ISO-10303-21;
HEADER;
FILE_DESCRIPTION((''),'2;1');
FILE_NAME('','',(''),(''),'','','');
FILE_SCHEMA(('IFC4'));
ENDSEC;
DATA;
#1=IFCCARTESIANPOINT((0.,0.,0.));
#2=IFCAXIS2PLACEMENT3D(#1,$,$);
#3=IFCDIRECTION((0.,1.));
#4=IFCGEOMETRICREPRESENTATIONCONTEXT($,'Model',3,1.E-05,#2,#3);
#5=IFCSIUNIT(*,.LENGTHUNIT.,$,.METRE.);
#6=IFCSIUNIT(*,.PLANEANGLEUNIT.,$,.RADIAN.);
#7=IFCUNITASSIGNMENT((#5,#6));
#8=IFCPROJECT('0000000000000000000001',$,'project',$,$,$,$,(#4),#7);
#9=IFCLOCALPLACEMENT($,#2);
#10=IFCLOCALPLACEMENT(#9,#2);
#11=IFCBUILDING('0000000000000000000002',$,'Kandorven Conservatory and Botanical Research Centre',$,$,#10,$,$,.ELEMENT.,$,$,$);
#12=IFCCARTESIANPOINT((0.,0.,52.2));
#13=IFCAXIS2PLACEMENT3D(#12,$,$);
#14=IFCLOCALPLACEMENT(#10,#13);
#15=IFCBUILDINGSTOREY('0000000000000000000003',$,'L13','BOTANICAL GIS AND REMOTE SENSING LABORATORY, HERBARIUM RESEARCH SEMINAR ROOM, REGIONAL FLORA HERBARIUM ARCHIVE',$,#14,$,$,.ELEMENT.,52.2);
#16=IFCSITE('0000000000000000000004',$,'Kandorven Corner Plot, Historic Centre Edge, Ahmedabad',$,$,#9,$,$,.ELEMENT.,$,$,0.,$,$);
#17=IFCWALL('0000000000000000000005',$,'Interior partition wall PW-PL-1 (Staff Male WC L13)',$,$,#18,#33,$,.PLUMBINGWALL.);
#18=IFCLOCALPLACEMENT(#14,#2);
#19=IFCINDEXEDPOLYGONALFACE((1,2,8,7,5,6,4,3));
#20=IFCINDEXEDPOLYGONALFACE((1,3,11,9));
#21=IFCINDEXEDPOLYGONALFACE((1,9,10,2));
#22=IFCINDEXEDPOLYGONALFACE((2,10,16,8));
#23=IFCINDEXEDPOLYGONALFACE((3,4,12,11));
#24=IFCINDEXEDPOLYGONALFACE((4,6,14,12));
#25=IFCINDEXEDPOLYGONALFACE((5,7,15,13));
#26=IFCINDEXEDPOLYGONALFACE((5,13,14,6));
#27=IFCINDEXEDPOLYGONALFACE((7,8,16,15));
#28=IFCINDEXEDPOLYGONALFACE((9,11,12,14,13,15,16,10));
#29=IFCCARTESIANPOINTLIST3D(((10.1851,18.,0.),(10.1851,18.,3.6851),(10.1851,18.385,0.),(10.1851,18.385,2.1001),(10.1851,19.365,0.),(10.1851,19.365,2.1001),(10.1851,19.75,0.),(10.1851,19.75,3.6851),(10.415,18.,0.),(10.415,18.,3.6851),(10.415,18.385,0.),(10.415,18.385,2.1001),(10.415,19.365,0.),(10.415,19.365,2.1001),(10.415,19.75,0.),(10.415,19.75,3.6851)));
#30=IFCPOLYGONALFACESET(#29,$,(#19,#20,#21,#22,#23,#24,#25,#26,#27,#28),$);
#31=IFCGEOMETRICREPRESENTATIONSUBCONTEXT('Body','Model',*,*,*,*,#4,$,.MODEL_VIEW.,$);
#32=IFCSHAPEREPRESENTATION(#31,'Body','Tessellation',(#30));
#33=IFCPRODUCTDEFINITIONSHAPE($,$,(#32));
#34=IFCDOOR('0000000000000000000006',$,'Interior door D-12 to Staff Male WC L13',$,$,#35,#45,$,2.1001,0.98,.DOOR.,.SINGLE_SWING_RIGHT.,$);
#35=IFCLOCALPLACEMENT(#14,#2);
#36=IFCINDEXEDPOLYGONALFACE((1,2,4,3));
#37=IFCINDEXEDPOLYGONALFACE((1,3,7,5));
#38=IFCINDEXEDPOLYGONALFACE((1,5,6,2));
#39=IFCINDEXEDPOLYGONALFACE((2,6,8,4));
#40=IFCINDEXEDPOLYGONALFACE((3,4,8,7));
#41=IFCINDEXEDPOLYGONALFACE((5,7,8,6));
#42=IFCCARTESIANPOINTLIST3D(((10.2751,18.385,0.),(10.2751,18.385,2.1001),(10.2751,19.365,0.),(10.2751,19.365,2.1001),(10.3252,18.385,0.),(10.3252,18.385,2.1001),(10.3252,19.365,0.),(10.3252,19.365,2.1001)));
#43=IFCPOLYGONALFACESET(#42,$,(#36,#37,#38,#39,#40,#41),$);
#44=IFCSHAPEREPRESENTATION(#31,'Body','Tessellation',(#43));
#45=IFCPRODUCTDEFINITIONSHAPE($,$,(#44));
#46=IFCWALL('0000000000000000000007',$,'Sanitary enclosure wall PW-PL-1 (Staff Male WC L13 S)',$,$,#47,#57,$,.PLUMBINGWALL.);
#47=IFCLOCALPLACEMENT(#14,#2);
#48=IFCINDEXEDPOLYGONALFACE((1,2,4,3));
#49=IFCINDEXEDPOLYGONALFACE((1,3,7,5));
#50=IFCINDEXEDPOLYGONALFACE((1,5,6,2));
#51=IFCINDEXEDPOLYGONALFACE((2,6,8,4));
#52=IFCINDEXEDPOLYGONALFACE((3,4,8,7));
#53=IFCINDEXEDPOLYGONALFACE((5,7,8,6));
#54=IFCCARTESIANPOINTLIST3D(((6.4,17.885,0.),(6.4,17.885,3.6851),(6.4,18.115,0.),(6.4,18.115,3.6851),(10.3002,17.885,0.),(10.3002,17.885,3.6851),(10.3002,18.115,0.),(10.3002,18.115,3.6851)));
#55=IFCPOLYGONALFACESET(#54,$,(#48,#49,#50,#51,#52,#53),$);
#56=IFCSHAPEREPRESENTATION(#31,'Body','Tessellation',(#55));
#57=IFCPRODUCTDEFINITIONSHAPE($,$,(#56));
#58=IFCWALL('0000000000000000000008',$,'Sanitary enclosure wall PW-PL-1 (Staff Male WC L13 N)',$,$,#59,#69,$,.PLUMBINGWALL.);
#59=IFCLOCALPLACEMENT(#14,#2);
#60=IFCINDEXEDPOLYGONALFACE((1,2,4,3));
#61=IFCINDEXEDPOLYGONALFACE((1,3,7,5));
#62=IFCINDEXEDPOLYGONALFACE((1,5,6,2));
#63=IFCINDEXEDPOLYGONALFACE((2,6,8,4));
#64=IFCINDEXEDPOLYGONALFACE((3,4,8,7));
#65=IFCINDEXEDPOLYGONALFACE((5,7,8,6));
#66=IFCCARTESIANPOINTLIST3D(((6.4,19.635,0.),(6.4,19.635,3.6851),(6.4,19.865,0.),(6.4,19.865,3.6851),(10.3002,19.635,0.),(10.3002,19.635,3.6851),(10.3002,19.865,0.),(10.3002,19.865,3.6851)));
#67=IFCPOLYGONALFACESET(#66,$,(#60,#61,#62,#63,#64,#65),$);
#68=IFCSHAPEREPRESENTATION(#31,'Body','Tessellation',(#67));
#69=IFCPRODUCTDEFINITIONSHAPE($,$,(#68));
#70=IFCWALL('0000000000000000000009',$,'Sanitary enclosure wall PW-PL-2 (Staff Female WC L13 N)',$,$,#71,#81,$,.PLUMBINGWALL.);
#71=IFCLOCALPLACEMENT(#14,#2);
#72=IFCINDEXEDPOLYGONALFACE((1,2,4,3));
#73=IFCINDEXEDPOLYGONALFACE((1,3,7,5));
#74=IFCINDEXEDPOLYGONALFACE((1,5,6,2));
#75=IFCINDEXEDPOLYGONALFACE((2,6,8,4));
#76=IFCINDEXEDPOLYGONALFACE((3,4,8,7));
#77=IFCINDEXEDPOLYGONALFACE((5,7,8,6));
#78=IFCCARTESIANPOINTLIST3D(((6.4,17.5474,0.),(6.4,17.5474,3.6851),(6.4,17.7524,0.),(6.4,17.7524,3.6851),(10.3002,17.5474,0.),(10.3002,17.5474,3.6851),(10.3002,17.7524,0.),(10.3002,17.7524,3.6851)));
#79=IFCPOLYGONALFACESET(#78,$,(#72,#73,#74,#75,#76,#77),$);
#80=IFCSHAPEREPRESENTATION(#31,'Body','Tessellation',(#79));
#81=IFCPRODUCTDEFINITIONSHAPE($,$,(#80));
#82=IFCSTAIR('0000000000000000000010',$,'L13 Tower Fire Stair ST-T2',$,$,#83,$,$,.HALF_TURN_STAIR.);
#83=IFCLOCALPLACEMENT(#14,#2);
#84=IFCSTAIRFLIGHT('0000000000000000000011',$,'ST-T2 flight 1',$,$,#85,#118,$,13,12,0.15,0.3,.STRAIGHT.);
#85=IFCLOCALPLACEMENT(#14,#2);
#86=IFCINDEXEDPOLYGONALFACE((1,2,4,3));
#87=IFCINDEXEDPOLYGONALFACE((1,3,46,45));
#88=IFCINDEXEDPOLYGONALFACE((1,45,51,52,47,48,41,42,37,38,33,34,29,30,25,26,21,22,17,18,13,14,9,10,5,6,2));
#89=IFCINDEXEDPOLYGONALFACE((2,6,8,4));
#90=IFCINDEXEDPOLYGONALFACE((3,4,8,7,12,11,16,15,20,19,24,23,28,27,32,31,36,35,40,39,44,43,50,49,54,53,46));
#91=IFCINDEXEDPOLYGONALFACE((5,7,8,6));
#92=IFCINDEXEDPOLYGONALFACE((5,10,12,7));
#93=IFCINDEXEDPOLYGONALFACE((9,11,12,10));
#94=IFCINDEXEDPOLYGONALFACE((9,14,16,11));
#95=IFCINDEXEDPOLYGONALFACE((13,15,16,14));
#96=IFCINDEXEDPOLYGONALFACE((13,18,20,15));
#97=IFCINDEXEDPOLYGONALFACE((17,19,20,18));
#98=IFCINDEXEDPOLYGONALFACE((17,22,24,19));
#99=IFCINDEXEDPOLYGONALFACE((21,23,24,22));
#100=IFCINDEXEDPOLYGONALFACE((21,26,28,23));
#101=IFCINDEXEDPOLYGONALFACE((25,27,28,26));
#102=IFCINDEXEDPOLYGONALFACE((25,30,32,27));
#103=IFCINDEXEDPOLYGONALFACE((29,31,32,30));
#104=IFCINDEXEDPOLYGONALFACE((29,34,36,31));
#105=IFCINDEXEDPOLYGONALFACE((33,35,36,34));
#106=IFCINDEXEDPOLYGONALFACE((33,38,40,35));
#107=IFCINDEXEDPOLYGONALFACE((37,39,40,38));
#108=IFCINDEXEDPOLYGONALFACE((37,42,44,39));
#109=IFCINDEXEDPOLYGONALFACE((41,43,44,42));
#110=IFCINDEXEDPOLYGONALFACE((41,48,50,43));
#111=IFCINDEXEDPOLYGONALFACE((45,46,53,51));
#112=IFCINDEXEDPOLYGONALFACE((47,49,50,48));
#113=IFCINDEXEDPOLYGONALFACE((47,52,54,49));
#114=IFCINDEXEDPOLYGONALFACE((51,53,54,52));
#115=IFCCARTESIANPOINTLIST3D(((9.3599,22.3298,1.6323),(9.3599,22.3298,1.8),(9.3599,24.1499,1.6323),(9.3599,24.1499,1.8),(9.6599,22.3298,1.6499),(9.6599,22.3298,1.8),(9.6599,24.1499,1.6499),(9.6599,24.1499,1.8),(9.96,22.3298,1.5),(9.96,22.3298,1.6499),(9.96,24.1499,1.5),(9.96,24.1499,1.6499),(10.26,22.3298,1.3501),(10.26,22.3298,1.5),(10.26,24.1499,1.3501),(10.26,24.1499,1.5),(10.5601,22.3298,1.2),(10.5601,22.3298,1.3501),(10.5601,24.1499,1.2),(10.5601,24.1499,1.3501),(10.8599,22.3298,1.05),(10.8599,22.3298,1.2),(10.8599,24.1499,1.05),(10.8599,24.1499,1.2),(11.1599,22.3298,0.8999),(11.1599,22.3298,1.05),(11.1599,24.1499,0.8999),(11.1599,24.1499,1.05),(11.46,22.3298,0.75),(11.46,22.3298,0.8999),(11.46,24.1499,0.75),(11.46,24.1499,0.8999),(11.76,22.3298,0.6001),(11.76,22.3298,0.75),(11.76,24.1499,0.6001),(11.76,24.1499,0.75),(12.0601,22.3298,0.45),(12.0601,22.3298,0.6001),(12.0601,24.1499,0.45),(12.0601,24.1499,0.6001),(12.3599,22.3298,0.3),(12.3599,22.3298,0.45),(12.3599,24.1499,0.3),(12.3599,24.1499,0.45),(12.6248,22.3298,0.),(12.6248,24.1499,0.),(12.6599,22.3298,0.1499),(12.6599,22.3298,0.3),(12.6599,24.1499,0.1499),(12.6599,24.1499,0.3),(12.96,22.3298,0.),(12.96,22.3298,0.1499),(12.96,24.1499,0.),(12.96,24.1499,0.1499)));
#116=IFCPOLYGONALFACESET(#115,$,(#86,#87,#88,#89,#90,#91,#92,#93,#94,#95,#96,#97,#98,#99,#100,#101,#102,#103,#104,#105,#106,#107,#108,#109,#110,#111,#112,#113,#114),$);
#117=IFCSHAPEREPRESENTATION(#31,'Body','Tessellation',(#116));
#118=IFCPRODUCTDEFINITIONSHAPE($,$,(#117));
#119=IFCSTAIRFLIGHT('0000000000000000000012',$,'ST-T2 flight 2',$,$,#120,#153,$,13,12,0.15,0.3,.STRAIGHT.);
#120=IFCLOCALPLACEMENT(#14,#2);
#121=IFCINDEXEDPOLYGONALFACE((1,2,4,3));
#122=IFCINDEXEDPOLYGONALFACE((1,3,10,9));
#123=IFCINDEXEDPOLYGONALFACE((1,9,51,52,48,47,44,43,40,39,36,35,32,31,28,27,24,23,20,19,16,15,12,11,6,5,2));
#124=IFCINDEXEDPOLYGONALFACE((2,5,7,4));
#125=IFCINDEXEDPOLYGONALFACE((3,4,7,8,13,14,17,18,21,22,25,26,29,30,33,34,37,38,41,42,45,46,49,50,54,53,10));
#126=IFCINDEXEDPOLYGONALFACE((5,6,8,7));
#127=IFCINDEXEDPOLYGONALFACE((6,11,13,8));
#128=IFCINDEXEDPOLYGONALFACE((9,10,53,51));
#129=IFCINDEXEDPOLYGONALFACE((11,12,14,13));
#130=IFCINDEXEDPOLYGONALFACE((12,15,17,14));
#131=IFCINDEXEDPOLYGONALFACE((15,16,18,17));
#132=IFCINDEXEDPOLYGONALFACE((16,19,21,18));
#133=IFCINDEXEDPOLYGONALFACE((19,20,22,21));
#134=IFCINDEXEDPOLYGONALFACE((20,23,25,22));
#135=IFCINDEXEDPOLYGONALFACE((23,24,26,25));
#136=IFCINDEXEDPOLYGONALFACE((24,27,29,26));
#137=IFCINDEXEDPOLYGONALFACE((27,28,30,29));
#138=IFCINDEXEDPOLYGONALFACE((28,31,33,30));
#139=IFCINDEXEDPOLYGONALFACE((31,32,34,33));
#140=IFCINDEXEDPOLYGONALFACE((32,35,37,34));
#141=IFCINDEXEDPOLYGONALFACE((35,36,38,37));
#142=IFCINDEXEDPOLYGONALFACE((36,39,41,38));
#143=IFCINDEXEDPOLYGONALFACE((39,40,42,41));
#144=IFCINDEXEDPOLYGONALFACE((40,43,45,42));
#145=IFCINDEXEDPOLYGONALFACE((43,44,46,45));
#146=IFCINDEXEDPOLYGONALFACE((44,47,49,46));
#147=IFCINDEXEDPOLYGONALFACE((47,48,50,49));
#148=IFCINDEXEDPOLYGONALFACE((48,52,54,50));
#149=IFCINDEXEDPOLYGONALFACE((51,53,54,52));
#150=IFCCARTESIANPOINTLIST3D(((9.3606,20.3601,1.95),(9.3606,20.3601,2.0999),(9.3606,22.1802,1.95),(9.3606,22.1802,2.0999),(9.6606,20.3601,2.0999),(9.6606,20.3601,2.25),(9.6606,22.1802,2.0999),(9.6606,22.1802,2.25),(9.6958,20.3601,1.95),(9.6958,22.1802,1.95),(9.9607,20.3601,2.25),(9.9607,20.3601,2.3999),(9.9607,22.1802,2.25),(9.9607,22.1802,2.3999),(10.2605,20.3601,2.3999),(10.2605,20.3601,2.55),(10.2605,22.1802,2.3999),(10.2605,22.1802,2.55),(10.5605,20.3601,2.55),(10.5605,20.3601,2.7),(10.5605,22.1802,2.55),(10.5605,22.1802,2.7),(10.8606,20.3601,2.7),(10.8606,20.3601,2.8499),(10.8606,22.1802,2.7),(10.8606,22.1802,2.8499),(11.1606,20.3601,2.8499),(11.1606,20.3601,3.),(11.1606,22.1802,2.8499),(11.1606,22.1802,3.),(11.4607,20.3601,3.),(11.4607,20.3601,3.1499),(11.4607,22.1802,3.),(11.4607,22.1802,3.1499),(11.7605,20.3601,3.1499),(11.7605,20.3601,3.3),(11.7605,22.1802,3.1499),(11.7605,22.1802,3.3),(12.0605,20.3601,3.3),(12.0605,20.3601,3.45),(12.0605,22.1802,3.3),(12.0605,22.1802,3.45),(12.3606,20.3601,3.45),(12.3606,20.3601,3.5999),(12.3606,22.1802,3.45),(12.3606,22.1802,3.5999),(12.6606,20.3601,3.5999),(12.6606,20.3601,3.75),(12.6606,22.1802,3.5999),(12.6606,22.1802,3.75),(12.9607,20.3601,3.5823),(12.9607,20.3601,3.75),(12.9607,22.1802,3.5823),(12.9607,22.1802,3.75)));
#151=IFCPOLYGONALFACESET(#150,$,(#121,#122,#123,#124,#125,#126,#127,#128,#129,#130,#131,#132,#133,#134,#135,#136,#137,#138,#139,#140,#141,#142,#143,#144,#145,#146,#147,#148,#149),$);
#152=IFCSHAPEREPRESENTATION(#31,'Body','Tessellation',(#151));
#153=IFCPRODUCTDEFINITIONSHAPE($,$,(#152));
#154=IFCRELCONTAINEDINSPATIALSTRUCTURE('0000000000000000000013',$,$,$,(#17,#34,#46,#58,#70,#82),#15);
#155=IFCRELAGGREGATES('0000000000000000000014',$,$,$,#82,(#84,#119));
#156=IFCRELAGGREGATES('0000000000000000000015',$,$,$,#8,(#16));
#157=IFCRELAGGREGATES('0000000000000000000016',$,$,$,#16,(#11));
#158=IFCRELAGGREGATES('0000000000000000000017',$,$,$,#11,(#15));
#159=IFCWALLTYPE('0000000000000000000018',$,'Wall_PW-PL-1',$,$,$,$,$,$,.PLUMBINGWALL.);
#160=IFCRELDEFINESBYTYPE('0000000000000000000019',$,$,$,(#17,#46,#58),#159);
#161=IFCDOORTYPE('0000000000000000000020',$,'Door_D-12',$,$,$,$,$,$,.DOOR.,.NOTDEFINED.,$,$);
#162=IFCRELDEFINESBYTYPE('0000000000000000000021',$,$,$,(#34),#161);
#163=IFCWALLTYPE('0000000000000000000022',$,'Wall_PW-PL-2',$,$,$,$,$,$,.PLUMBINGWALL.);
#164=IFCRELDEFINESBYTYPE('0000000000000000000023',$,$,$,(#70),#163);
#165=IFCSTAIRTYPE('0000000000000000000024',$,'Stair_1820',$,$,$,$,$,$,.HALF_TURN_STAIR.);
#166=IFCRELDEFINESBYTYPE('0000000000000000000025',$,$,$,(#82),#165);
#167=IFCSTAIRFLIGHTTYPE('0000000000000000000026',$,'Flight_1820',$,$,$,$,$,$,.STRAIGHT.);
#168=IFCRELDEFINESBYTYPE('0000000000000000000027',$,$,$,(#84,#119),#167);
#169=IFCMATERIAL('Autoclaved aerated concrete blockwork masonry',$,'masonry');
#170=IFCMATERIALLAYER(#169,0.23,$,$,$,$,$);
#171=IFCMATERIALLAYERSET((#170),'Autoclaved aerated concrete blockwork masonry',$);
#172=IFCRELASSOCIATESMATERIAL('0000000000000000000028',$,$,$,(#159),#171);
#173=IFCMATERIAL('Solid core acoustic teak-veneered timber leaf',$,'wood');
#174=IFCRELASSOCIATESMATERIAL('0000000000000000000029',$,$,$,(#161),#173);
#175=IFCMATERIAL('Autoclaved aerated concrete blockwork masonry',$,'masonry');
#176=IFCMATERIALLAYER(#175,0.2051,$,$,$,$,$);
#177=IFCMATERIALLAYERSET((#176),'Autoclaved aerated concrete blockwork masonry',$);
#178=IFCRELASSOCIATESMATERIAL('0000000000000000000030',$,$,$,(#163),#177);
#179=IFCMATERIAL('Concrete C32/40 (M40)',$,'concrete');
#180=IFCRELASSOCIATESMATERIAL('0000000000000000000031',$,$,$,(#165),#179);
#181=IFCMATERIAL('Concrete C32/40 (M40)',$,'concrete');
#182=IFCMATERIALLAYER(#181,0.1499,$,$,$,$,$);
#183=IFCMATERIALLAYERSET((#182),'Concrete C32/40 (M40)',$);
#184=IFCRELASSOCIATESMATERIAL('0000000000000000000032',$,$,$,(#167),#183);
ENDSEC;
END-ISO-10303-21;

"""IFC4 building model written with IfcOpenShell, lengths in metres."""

from ifc_helpers import new_model, si_unit, direction, frame, frame_2d, origin, place, context, subcontext, project, spatial, polyline, rectangle, outline, extrude, material, layer, layer_set, type_object, element, fill, aggregate, save


model = new_model("IFC4")

# Units and contexts
model_context = context("Model", 3, precision=1e-05, world=origin(), true_north=direction((0.0, 1.0)))
body_context = subcontext(model_context, "Body", "Model", "MODEL_VIEW")
ifc_project = project(units=[si_unit("LENGTHUNIT", "METRE"), si_unit("PLANEANGLEUNIT", "RADIAN")], contexts=[model_context])

# Site, building, storey
site_placement = place(None, origin())
site = spatial("IfcSite", under=ifc_project, at=site_placement, Name="Kandorven Corner Plot, Historic Centre Edge, Ahmedabad", CompositionType="ELEMENT", RefElevation=0.0)
building_placement = place(site_placement, origin())
building = spatial("IfcBuilding", under=site, at=building_placement, Name="Kandorven Conservatory and Botanical Research Centre", CompositionType="ELEMENT")
storey_placement = place(building_placement, frame((0.0, 0.0, 52.2)))
storey = spatial("IfcBuildingStorey", under=building, at=storey_placement, Name="L13", Description="BOTANICAL GIS AND REMOTE SENSING LABORATORY, HERBARIUM RESEARCH SEMINAR ROOM, REGIONAL FLORA HERBARIUM ARCHIVE", CompositionType="ELEMENT", Elevation=52.2)

# Wall, opening, door
ifc_material_1 = material(Name="Autoclaved aerated concrete blockwork masonry", Category="masonry")
ifc_layer_1 = layer(ifc_material_1, 0.23)
ifc_layer_set_1 = layer_set([ifc_layer_1], Name="Autoclaved aerated concrete blockwork masonry")
wall_type_1 = type_object("IfcWallType", Name="Wall_PW-PL-1", PredefinedType="PLUMBINGWALL", material=ifc_layer_set_1)
wall_1_placement = place(storey_placement, frame((10.3, 18.0, 0.0), z_axis=(0.0, 0.0, 1.0), x_axis=(0.0, 1.0, 0.0)))
wall_1 = element("IfcWall", 1, at=wall_1_placement, inside=storey, type_object=wall_type_1, Name="Interior partition wall PW-PL-1 (Staff Male WC L13)", PredefinedType="PLUMBINGWALL", context=body_context, shape_type="SweptSolid", body=[
    extrude(rectangle(XDim=1.75, YDim=0.23, at=frame_2d((0.875, 0.0))), origin(), (0.0, 0.0, 1.0), 3.6851),
])
opening_1_placement = place(wall_1_placement, frame((0.385, 0.0, 0.0)))
opening_1 = element("IfcOpeningElement", 2, at=opening_1_placement, cuts=wall_1, PredefinedType="OPENING", context=body_context, shape_type="SweptSolid", body=[
    extrude(rectangle(XDim=0.98, YDim=2.1001, at=frame_2d((0.49, 1.05))), frame((0.0, 0.125, 0.0), z_axis=(0.0, -1.0, 0.0), x_axis=(1.0, 0.0, 0.0)), (0.0, 0.0, 1.0), 0.25),
])
ifc_material_2 = material(Name="Solid core acoustic teak-veneered timber leaf", Category="wood")
door_type_1 = type_object("IfcDoorType", Name="Door_D-12", OperationType="NOTDEFINED", PredefinedType="DOOR", material=ifc_material_2)
door_1_placement = place(opening_1_placement, origin())
door_1 = element("IfcDoor", 3, at=door_1_placement, inside=storey, type_object=door_type_1, Name="Interior door D-12 to Staff Male WC L13", OperationType="SINGLE_SWING_RIGHT", OverallHeight=2.1001, OverallWidth=0.98, PredefinedType="DOOR", context=body_context, shape_type="SweptSolid", body=[
    extrude(rectangle(XDim=0.98, YDim=2.1001, at=frame_2d((0.49, 1.05))), frame((0.0, 0.0249, 0.0), z_axis=(0.0, -1.0, 0.0), x_axis=(1.0, 0.0, 0.0)), (0.0, 0.0, 1.0), 0.05),
])
fill(opening_1, door_1)

# Walls
for number, where, z_axis, x_axis, name in (
    (4, (6.3999, 18.0, 0.0), (0.0, 0.0, 1.0), (1.0, 0.0, 0.0), "Sanitary enclosure wall PW-PL-1 (Staff Male WC L13 S)"),
    (5, (6.3999, 19.75, 0.0), (0.0, 0.0, 1.0), (1.0, 0.0, 0.0), "Sanitary enclosure wall PW-PL-1 (Staff Male WC L13 N)"),
):
    element("IfcWall", number, at=place(storey_placement, frame(where, z_axis=z_axis, x_axis=x_axis)), inside=storey, type_object=wall_type_1, Name=name, PredefinedType="PLUMBINGWALL", context=body_context, shape_type="SweptSolid", body=[
        extrude(rectangle(XDim=3.9001, YDim=0.23, at=frame_2d((1.9502, 0.0))), origin(), (0.0, 0.0, 1.0), 3.6851),
    ])
ifc_material_3 = material(Name="Autoclaved aerated concrete blockwork masonry", Category="masonry")
ifc_layer_2 = layer(ifc_material_3, 0.2051)
ifc_layer_set_2 = layer_set([ifc_layer_2], Name="Autoclaved aerated concrete blockwork masonry")
wall_type_2 = type_object("IfcWallType", Name="Wall_PW-PL-2", PredefinedType="PLUMBINGWALL", material=ifc_layer_set_2)
wall_2_placement = place(storey_placement, frame((6.3999, 17.6499, 0.0), z_axis=(0.0, 0.0, 1.0), x_axis=(1.0, 0.0, 0.0)))
element("IfcWall", 6, at=wall_2_placement, inside=storey, type_object=wall_type_2, Name="Sanitary enclosure wall PW-PL-2 (Staff Female WC L13 N)", PredefinedType="PLUMBINGWALL", context=body_context, shape_type="SweptSolid", body=[
    extrude(rectangle(XDim=3.9001, YDim=0.2051, at=frame_2d((1.9502, 0.0))), origin(), (0.0, 0.0, 1.0), 3.6851),
])

# Stair, stair flights
ifc_material_4 = material(Name="Concrete C32/40 (M40)", Category="concrete")
stair_type = type_object("IfcStairType", Name="Stair_1820", PredefinedType="HALF_TURN_STAIR", material=ifc_material_4)
stair_placement = place(storey_placement, origin())
stair = element("IfcStair", 7, at=stair_placement, inside=storey, type_object=stair_type, Name="L13 Tower Fire Stair ST-T2", PredefinedType="HALF_TURN_STAIR")
ifc_material_5 = material(Name="Concrete C32/40 (M40)", Category="concrete")
ifc_layer_3 = layer(ifc_material_5, 0.1499)
ifc_layer_set_3 = layer_set([ifc_layer_3], Name="Concrete C32/40 (M40)")
stair_flight_type = type_object("IfcStairFlightType", Name="Flight_1820", PredefinedType="STRAIGHT", material=ifc_layer_set_3)
stair_flight_1_placement = place(storey_placement, frame((12.96, 23.24, 0.0), z_axis=(0.0, 0.0, 1.0), x_axis=(-1.0, 0.0, 0.0)))
stair_flight_1 = element("IfcStairFlight", 8, at=stair_flight_1_placement, type_object=stair_flight_type, Name="ST-T2 flight 1", NumberOfRisers=13, NumberOfTreads=12, PredefinedType="STRAIGHT", RiserHeight=0.15, TreadLength=0.3, context=body_context, shape_type="SweptSolid", body=[
    extrude(outline(polyline([(0.0, 0.0), (0.0, 0.1499), (0.3, 0.1499), (0.3, 0.3), (0.6001, 0.3), (0.6001, 0.45), (0.8999, 0.45), (0.8999, 0.6001), (1.2, 0.6001), (1.2, 0.75), (1.5, 0.75), (1.5, 0.8999), (1.8, 0.8999), (1.8, 1.05), (2.1001, 1.05), (2.1001, 1.2), (2.3999, 1.2), (2.3999, 1.3501), (2.7, 1.3501), (2.7, 1.5), (3.0, 1.5), (3.0, 1.6499), (3.3, 1.6499), (3.3, 1.8), (3.6001, 1.8), (3.6001, 1.95), (3.6001, 1.6323), (0.3352, 0.0), (0.0, 0.0)])), frame((0.0, 0.9102, 0.0), z_axis=(0.0, -1.0, 0.0), x_axis=(1.0, 0.0, 0.0)), (0.0, 0.0, 1.0), 1.8201),
])
stair_flight_2_placement = place(storey_placement, frame((9.3606, 21.27, 1.95), z_axis=(0.0, 0.0, 1.0), x_axis=(1.0, 0.0, 0.0)))
stair_flight_2 = element("IfcStairFlight", 9, at=stair_flight_2_placement, type_object=stair_flight_type, Name="ST-T2 flight 2", NumberOfRisers=13, NumberOfTreads=12, PredefinedType="STRAIGHT", RiserHeight=0.15, TreadLength=0.3, context=body_context, shape_type="SweptSolid", body=[
    extrude(outline(polyline([(0.0, 0.0), (0.0, 0.1499), (0.3, 0.1499), (0.3, 0.3), (0.6001, 0.3), (0.6001, 0.45), (0.8999, 0.45), (0.8999, 0.6001), (1.2, 0.6001), (1.2, 0.75), (1.5, 0.75), (1.5, 0.8999), (1.8, 0.8999), (1.8, 1.05), (2.1001, 1.05), (2.1001, 1.2), (2.3999, 1.2), (2.3999, 1.3501), (2.7, 1.3501), (2.7, 1.5), (3.0, 1.5), (3.0, 1.6499), (3.3, 1.6499), (3.3, 1.8), (3.6001, 1.8), (3.6001, 1.95), (3.6001, 1.6323), (0.3352, 0.0), (0.0, 0.0)])), frame((0.0, 0.9102, 0.0), z_axis=(0.0, -1.0, 0.0), x_axis=(1.0, 0.0, 0.0)), (0.0, 0.0, 1.0), 1.8201),
])
aggregate(stair, [stair_flight_1, stair_flight_2])

save(model, "model.ifc")
